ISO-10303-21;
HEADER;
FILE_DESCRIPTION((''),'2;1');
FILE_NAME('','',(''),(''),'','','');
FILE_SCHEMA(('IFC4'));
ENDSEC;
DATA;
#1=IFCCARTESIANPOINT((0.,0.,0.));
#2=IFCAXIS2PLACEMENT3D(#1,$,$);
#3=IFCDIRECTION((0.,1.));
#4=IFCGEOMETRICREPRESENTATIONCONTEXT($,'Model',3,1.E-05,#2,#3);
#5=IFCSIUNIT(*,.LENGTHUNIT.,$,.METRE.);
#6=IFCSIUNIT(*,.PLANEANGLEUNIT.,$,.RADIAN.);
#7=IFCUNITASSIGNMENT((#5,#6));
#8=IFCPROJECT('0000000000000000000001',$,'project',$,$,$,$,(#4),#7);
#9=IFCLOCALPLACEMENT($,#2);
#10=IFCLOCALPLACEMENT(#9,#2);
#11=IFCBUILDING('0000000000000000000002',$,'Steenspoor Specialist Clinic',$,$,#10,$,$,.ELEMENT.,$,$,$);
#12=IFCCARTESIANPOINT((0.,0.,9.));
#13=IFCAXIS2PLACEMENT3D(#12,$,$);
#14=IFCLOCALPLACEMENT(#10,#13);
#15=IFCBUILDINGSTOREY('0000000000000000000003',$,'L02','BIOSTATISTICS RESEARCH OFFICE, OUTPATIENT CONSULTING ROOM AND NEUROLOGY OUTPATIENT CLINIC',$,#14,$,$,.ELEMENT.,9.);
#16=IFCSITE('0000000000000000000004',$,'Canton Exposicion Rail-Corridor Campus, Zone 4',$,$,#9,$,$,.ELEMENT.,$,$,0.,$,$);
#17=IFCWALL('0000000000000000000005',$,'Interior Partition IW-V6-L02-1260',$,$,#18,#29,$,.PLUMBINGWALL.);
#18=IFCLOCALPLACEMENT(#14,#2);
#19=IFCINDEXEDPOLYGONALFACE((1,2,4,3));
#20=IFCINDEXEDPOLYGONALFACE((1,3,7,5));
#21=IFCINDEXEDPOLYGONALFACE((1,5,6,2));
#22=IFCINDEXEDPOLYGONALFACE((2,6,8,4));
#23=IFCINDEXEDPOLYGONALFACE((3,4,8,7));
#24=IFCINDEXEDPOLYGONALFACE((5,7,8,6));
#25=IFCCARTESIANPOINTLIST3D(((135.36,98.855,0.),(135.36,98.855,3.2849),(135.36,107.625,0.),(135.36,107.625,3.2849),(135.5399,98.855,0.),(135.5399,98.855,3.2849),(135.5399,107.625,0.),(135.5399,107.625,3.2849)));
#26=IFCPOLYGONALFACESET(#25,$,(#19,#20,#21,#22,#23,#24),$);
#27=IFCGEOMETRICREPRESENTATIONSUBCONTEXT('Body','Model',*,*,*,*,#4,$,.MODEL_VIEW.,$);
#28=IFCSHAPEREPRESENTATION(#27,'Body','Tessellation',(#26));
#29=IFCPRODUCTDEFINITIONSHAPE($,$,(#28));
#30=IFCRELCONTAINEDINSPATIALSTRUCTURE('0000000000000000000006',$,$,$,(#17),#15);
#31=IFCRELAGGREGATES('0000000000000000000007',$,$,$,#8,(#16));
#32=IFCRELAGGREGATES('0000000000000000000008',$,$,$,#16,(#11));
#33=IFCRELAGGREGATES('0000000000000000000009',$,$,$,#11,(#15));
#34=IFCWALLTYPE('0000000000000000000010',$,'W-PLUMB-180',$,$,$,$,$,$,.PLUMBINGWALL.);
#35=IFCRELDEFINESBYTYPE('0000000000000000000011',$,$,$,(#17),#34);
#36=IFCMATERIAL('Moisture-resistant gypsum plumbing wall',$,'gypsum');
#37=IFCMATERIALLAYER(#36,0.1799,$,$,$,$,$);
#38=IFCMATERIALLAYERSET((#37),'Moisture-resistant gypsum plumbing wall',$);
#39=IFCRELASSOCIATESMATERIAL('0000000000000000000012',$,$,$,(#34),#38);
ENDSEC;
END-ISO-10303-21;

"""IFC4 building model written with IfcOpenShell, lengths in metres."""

from ifc_helpers import new_model, si_unit, direction, frame, frame_2d, origin, place, context, subcontext, project, spatial, rectangle, extrude, material, layer, layer_set, type_object, element, save


model = new_model("IFC4")

# Units and contexts
model_context = context("Model", 3, precision=1e-05, world=origin(), true_north=direction((0.0, 1.0)))
body_context = subcontext(model_context, "Body", "Model", "MODEL_VIEW")
ifc_project = project(units=[si_unit("LENGTHUNIT", "METRE"), si_unit("PLANEANGLEUNIT", "RADIAN")], contexts=[model_context])

# Site, building, storey
site_placement = place(None, origin())
site = spatial("IfcSite", under=ifc_project, at=site_placement, Name="Canton Exposicion Rail-Corridor Campus, Zone 4", CompositionType="ELEMENT", RefElevation=0.0)
building_placement = place(site_placement, origin())
building = spatial("IfcBuilding", under=site, at=building_placement, Name="Steenspoor Specialist Clinic", CompositionType="ELEMENT")
storey_placement = place(building_placement, frame((0.0, 0.0, 9.0)))
storey = spatial("IfcBuildingStorey", under=building, at=storey_placement, Name="L02", Description="BIOSTATISTICS RESEARCH OFFICE, OUTPATIENT CONSULTING ROOM AND NEUROLOGY OUTPATIENT CLINIC", CompositionType="ELEMENT", Elevation=9.0)

# Shared definitions
ifc_material_1 = material(Name="Moisture-resistant gypsum plumbing wall", Category="gypsum")
ifc_layer_1 = layer(ifc_material_1, 0.1799)
ifc_layer_set_1 = layer_set([ifc_layer_1], Name="Moisture-resistant gypsum plumbing wall")
wall_type_1 = type_object("IfcWallType", Name="W-PLUMB-180", PredefinedType="PLUMBINGWALL", material=ifc_layer_set_1)

# Wall
wall_1_placement = place(storey_placement, frame((135.45, 98.855, 0.0), z_axis=(0.0, 0.0, 1.0), x_axis=(0.0, 1.0, 0.0)))
element("IfcWall", 1, at=wall_1_placement, inside=storey, type_object=wall_type_1, Name="Interior Partition IW-V6-L02-1260", PredefinedType="PLUMBINGWALL", context=body_context, shape_type="SweptSolid", body=[
    extrude(rectangle(XDim=8.77, YDim=0.1799, at=frame_2d((4.385, 0.0))), origin(), (0.0, 0.0, 1.0), 3.2849),
])

save(model, "model.ifc")
